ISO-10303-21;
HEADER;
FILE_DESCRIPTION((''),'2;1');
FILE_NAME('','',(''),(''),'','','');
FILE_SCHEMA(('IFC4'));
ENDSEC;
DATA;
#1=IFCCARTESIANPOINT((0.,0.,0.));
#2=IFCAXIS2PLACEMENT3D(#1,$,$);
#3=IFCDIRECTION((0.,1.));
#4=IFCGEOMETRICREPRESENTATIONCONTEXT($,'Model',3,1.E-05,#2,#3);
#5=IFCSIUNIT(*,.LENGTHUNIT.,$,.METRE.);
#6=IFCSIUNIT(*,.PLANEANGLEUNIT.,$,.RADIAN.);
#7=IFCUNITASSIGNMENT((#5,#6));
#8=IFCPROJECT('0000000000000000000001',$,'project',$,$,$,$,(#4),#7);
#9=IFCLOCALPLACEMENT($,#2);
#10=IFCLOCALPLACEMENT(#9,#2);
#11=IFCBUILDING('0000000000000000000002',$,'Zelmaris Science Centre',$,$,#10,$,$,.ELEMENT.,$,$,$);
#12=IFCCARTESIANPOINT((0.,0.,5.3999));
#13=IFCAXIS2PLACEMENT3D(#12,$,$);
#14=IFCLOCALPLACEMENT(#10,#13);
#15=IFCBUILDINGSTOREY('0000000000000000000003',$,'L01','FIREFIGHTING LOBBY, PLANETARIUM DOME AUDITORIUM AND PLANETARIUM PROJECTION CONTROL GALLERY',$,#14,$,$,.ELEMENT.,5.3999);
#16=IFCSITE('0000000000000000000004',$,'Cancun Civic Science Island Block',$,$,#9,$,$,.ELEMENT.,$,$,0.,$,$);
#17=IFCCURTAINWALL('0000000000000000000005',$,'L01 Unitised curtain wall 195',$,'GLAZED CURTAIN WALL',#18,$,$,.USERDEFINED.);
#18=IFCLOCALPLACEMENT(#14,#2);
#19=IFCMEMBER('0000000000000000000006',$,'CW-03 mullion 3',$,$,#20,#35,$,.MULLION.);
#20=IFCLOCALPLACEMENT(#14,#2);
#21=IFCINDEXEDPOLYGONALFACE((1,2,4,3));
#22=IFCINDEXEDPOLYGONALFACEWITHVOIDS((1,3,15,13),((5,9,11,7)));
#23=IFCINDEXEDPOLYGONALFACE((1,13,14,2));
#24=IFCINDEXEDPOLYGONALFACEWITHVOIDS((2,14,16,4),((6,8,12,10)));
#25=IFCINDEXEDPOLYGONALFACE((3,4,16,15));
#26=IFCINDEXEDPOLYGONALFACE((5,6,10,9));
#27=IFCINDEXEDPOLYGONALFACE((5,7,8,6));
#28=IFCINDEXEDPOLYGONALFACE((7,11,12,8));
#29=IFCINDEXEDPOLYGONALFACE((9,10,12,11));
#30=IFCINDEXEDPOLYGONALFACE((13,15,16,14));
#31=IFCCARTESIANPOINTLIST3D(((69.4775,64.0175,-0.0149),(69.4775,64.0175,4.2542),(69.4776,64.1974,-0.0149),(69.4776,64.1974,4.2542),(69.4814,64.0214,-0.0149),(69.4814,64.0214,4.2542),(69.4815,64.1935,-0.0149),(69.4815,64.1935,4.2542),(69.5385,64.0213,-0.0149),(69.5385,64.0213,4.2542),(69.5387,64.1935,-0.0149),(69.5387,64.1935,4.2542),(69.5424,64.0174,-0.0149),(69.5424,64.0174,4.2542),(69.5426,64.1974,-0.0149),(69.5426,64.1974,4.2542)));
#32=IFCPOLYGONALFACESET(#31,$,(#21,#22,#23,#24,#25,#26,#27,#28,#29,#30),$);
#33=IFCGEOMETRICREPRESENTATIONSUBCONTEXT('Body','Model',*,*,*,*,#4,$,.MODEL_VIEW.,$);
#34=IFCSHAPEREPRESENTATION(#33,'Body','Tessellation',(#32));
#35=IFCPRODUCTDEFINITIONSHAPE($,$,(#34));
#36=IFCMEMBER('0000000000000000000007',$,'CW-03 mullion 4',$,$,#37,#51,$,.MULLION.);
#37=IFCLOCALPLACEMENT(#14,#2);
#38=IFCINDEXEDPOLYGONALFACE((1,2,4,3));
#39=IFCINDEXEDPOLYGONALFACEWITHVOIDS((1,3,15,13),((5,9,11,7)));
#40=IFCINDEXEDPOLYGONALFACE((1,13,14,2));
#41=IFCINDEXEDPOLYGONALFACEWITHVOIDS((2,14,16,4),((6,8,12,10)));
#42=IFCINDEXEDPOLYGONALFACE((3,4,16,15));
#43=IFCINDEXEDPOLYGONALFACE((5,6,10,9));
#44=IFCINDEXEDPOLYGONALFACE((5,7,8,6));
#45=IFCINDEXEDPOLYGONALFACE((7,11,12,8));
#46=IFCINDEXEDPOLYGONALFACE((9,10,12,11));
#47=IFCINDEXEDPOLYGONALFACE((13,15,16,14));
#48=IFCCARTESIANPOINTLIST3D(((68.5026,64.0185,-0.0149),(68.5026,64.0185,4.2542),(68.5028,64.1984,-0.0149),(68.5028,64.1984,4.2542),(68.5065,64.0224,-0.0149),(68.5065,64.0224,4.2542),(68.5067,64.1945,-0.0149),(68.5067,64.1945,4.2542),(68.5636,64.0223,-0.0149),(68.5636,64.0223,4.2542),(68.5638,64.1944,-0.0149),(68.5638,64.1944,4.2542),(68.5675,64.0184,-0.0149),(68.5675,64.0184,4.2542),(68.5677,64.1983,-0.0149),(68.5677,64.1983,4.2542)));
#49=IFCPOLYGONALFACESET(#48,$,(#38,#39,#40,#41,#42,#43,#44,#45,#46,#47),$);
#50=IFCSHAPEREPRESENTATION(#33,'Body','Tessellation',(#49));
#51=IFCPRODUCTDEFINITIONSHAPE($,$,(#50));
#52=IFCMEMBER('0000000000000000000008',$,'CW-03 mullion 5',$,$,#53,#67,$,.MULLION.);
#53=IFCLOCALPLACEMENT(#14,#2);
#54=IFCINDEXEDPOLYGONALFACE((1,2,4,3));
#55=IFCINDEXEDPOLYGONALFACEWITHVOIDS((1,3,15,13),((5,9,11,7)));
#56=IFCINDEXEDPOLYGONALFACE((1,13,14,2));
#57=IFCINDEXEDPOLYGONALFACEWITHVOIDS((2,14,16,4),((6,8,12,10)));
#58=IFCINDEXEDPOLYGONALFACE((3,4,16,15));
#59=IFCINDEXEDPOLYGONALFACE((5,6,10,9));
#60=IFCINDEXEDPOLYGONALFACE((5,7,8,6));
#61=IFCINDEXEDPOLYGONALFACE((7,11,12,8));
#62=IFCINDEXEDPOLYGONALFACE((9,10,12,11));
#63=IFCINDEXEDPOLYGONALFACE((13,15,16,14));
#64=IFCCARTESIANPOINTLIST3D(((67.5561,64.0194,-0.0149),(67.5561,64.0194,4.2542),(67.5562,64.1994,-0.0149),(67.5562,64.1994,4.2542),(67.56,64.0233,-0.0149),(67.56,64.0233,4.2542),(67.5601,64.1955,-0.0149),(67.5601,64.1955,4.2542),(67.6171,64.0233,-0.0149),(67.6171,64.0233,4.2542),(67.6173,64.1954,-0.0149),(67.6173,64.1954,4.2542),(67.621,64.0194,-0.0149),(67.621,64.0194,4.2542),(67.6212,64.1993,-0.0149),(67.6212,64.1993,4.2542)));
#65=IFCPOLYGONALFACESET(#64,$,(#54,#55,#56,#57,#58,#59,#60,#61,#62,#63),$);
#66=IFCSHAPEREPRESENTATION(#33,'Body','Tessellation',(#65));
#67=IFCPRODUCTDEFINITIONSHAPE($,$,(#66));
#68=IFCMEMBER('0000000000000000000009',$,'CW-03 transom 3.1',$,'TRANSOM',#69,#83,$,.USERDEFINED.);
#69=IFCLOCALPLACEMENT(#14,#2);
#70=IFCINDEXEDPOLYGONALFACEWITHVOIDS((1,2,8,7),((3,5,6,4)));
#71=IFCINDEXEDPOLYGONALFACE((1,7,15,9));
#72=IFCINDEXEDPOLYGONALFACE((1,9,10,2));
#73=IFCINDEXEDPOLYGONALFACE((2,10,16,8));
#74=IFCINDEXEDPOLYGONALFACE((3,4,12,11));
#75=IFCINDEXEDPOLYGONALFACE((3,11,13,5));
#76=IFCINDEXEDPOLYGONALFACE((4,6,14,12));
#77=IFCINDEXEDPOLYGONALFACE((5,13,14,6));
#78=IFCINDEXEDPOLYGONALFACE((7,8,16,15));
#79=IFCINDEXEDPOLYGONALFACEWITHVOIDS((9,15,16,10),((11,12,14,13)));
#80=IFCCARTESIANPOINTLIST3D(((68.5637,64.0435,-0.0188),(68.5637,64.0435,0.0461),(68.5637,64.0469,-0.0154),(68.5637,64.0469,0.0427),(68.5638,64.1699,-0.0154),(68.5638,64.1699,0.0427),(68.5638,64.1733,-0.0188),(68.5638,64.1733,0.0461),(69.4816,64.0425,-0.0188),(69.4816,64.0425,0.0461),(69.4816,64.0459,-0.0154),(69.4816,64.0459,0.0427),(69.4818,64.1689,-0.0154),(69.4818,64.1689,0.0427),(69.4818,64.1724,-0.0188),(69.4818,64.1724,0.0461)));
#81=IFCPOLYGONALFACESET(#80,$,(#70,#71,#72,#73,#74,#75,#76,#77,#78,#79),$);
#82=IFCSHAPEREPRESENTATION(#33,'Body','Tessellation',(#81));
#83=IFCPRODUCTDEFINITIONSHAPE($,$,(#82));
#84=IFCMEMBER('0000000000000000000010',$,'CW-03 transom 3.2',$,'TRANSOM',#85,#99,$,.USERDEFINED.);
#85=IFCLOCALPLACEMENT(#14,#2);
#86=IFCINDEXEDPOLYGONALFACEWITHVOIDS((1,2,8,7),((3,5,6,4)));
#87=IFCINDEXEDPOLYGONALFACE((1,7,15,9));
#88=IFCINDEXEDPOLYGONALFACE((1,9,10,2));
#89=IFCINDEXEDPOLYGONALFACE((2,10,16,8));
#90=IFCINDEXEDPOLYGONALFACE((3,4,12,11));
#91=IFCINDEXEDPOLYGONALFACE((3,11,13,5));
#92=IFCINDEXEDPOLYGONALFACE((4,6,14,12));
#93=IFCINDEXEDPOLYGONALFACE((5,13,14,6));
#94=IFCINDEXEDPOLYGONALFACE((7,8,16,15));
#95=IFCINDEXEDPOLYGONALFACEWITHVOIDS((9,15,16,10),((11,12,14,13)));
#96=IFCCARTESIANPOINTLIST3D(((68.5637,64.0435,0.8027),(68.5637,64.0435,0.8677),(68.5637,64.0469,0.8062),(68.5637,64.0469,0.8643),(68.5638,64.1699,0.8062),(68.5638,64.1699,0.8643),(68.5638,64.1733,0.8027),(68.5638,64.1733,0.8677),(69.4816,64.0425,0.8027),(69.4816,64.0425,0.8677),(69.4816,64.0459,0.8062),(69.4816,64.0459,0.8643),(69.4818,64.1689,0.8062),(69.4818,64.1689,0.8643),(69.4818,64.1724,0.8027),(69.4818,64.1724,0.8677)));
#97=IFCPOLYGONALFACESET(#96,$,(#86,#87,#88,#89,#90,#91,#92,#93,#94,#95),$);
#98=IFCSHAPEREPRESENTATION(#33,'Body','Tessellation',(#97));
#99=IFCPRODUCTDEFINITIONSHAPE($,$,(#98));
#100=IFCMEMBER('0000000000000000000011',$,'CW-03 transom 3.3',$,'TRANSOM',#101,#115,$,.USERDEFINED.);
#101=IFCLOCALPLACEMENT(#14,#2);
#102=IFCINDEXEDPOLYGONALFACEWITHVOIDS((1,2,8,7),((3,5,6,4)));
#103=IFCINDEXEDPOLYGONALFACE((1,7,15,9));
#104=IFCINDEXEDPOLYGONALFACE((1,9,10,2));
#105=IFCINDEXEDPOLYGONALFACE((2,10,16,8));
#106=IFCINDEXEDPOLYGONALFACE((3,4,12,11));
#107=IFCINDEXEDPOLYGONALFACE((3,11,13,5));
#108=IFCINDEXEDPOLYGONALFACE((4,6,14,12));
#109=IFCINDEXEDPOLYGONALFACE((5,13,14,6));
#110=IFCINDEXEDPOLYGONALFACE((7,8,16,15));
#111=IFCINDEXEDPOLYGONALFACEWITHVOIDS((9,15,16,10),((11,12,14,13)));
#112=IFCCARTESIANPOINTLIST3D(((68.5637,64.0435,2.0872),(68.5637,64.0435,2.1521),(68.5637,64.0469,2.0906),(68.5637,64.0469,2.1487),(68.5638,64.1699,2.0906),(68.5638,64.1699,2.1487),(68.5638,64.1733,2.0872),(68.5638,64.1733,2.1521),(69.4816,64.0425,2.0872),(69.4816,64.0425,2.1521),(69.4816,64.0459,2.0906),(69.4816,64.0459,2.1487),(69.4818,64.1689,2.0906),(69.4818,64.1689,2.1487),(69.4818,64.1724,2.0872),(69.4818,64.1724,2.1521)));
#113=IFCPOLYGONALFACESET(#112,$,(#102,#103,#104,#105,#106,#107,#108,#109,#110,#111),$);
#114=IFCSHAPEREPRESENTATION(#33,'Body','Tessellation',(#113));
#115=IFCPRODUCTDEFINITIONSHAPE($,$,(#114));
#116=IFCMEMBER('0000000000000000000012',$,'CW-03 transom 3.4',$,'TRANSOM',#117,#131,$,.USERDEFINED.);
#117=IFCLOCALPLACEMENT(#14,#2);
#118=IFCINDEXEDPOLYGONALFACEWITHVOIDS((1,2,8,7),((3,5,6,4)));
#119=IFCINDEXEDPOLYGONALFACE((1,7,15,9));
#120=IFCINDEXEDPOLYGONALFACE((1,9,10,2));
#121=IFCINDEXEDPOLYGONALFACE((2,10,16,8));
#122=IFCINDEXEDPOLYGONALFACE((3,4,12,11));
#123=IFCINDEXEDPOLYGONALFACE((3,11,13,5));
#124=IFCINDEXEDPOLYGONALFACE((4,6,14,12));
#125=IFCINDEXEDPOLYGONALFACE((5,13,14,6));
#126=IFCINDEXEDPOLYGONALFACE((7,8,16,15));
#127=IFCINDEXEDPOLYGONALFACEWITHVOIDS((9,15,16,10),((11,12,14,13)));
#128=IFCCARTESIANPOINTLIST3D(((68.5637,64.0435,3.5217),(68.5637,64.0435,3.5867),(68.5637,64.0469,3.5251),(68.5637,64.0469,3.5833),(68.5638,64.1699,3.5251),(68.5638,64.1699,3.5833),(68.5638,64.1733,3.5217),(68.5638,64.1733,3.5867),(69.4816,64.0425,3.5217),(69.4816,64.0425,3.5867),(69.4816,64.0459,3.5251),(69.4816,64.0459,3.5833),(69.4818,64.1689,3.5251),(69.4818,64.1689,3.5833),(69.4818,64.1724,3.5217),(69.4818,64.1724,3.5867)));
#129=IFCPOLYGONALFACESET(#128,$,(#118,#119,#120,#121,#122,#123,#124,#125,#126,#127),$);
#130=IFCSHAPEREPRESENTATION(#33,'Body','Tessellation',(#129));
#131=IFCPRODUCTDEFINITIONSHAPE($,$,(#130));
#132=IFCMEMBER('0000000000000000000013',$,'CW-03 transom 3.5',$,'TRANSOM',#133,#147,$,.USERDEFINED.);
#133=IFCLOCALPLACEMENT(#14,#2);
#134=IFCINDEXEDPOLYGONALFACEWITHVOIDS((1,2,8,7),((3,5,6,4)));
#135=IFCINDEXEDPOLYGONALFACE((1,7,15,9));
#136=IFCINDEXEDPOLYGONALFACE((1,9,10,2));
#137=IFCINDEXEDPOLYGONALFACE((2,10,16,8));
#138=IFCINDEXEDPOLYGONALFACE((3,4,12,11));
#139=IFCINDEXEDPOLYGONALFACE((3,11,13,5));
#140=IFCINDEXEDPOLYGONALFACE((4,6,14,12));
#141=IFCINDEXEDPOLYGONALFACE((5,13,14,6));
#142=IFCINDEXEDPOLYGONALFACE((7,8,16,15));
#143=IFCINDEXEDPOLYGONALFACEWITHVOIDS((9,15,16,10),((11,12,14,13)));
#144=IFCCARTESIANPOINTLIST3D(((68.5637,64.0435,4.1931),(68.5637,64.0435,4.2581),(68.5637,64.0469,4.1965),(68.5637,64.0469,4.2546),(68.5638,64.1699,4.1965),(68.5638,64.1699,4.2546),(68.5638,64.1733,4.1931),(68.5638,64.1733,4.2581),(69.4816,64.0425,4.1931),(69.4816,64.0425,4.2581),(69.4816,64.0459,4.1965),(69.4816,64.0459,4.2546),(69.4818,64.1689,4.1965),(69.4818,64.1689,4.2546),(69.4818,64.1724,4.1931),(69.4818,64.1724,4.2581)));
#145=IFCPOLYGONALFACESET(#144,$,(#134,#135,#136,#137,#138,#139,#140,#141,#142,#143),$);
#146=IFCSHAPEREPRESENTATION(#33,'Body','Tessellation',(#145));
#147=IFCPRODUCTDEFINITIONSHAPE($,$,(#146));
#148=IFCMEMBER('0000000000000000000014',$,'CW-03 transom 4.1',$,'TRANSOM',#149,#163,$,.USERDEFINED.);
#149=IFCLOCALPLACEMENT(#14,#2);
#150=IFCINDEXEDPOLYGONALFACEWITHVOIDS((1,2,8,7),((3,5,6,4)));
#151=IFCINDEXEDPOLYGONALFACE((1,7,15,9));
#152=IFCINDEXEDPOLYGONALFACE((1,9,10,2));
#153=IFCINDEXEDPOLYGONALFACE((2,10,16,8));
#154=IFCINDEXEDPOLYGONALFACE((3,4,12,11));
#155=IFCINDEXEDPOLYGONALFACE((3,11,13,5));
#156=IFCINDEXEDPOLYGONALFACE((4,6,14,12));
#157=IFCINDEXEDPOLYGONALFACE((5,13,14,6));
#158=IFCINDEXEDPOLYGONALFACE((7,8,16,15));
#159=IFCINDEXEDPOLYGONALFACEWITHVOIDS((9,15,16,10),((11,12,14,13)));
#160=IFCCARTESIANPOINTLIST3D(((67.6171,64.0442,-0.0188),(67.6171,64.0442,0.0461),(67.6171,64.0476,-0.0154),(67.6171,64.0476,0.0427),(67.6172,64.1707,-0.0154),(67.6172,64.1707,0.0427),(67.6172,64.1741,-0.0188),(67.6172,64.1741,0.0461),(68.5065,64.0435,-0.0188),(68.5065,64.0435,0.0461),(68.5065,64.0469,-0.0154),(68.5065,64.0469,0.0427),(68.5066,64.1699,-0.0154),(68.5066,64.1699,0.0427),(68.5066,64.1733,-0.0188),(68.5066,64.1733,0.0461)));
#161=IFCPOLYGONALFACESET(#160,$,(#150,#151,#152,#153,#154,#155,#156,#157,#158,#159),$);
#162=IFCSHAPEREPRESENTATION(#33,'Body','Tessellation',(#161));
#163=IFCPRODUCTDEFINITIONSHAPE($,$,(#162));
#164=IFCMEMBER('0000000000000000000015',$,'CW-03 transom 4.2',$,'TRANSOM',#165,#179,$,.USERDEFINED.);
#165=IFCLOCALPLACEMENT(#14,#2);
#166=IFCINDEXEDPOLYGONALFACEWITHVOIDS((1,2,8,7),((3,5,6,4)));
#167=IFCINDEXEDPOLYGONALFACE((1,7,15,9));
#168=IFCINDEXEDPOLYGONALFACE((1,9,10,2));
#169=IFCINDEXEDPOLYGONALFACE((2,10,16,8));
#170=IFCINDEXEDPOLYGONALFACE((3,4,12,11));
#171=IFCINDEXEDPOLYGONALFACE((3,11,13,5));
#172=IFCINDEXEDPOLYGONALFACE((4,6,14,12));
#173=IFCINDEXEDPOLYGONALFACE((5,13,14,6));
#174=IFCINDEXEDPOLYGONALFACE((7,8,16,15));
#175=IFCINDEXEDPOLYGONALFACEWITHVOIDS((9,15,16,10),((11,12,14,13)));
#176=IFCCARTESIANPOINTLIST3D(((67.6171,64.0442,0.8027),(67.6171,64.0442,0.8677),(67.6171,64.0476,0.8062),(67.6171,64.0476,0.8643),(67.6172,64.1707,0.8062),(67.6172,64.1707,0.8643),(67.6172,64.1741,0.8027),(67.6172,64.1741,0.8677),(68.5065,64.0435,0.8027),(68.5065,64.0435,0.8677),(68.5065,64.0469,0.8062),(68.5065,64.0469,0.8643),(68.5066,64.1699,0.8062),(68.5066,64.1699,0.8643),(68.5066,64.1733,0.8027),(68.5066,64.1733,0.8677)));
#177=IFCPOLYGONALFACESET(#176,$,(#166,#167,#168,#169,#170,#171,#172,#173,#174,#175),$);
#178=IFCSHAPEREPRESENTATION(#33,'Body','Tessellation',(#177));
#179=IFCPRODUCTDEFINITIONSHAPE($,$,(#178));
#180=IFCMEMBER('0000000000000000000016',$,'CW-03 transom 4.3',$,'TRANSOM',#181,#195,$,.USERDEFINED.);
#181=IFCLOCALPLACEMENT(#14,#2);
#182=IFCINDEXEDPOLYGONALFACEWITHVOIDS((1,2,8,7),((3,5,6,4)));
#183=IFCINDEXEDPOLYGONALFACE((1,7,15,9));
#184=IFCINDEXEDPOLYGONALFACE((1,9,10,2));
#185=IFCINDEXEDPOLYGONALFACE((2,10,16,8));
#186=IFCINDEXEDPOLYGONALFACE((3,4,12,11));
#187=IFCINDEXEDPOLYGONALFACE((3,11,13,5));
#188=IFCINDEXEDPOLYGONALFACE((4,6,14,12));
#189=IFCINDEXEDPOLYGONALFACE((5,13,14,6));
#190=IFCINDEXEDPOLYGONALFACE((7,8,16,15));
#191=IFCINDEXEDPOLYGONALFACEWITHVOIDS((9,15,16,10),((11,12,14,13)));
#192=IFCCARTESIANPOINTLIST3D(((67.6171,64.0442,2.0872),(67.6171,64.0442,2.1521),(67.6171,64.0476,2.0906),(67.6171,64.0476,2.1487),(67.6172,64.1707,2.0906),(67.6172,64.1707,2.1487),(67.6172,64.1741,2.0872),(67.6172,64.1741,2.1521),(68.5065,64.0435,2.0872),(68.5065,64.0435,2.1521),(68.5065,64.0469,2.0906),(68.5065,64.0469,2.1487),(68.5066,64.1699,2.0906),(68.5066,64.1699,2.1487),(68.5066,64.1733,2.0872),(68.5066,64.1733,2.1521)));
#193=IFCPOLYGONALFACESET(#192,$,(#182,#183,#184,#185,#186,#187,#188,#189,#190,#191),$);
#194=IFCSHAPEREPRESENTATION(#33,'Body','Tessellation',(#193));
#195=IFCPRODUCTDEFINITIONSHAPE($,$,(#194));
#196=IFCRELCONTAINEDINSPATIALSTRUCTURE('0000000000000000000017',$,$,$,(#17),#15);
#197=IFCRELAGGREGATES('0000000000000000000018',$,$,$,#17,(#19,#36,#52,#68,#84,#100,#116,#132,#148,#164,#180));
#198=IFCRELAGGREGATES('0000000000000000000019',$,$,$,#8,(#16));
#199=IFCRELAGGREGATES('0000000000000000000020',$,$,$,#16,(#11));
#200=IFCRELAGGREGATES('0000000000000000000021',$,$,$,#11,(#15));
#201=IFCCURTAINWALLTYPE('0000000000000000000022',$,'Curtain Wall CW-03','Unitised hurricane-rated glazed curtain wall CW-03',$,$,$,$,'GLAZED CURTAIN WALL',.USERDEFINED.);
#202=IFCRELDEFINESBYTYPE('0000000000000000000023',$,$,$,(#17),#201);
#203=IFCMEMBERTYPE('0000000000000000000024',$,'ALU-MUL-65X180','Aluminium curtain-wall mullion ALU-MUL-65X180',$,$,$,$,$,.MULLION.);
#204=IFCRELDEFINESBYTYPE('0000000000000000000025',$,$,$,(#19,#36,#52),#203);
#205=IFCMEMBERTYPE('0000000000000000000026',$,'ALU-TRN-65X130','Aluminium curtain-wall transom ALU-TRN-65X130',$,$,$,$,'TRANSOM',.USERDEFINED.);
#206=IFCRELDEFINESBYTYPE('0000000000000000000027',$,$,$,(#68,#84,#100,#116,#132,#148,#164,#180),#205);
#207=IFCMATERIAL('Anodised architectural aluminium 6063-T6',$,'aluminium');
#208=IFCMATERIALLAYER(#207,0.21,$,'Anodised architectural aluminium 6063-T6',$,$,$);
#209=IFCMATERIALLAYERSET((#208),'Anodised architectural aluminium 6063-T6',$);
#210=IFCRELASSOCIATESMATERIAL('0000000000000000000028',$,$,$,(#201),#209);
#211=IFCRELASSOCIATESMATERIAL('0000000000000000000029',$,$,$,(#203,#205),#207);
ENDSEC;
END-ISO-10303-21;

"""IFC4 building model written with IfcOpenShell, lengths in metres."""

from ifc_helpers import new_model, si_unit, direction, frame, origin, origin_2d, place, context, subcontext, project, spatial, hollow_rectangle, extrude, material, layer, layer_set, material_profile, profile_set, type_object, element, aggregate, save


model = new_model("IFC4")

# Units and contexts
model_context = context("Model", 3, precision=1e-05, world=origin(), true_north=direction((0.0, 1.0)))
body_context = subcontext(model_context, "Body", "Model", "MODEL_VIEW")
ifc_project = project(units=[si_unit("LENGTHUNIT", "METRE"), si_unit("PLANEANGLEUNIT", "RADIAN")], contexts=[model_context])

# Site, building, storey
site_placement = place(None, origin())
site = spatial("IfcSite", under=ifc_project, at=site_placement, Name="Cancun Civic Science Island Block", CompositionType="ELEMENT", RefElevation=0.0)
building_placement = place(site_placement, origin())
building = spatial("IfcBuilding", under=site, at=building_placement, Name="Zelmaris Science Centre", CompositionType="ELEMENT")
storey_placement = place(building_placement, frame((0.0, 0.0, 5.3999)))
storey = spatial("IfcBuildingStorey", under=building, at=storey_placement, Name="L01", Description="FIREFIGHTING LOBBY, PLANETARIUM DOME AUDITORIUM AND PLANETARIUM PROJECTION CONTROL GALLERY", CompositionType="ELEMENT", Elevation=5.3999)

# Curtain wall, members
ifc_material_1 = material(Name="Anodised architectural aluminium 6063-T6", Category="aluminium")
ifc_layer_1 = layer(ifc_material_1, 0.21, Name="Anodised architectural aluminium 6063-T6")
ifc_layer_set_1 = layer_set([ifc_layer_1], Name="Anodised architectural aluminium 6063-T6")
curtain_wall_type = type_object("IfcCurtainWallType", Name="Curtain Wall CW-03", Description="Unitised hurricane-rated glazed curtain wall CW-03", ElementType="GLAZED CURTAIN WALL", PredefinedType="USERDEFINED", material=ifc_layer_set_1)
curtain_wall_placement = place(storey_placement, origin())
curtain_wall = element("IfcCurtainWall", 1, at=curtain_wall_placement, inside=storey, type_object=curtain_wall_type, Name="L01 Unitised curtain wall 195", ObjectType="GLAZED CURTAIN WALL", PredefinedType="USERDEFINED")
ifc_material_profile_1 = material_profile(ifc_material_1, hollow_rectangle(XDim=0.0649, YDim=0.1799, WallThickness=0.0039, at=origin_2d()), Name="ALU-MUL-65X180")
ifc_profile_set_1 = profile_set([ifc_material_profile_1], Name="Anodised architectural aluminium 6063-T6")
member_type_1 = type_object("IfcMemberType", Name="ALU-MUL-65X180", Description="Aluminium curtain-wall mullion ALU-MUL-65X180", PredefinedType="MULLION", material=ifc_profile_set_1)
member_1_placement = place(storey_placement, frame((69.51, 64.1074, -0.0149), z_axis=(0.0, 0.0, 1.0), x_axis=(-1.0, 0.00092, 0.0)))
member_1 = element("IfcMember", 2, at=member_1_placement, type_object=member_type_1, Name="CW-03 mullion 3", PredefinedType="MULLION", context=body_context, shape_type="SweptSolid", body=[
    extrude(hollow_rectangle(XDim=0.0649, YDim=0.1799, WallThickness=0.0039, at=origin_2d()), origin(), (0.0, 0.0, 1.0), 4.269),
])
member_2_placement = place(storey_placement, frame((68.5352, 64.1084, -0.0149), z_axis=(0.0, 0.0, 1.0), x_axis=(-1.0, 0.00092, 0.0)))
member_2 = element("IfcMember", 3, at=member_2_placement, type_object=member_type_1, Name="CW-03 mullion 4", PredefinedType="MULLION", context=body_context, shape_type="SweptSolid", body=[
    extrude(hollow_rectangle(XDim=0.0649, YDim=0.1799, WallThickness=0.0039, at=origin_2d()), origin(), (0.0, 0.0, 1.0), 4.269),
])
member_3_placement = place(storey_placement, frame((67.5886, 64.1094, -0.0149), z_axis=(0.0, 0.0, 1.0), x_axis=(-1.0, 0.00092, 0.0)))
member_3 = element("IfcMember", 4, at=member_3_placement, type_object=member_type_1, Name="CW-03 mullion 5", PredefinedType="MULLION", context=body_context, shape_type="SweptSolid", body=[
    extrude(hollow_rectangle(XDim=0.0649, YDim=0.1799, WallThickness=0.0039, at=origin_2d()), origin(), (0.0, 0.0, 1.0), 4.269),
])
ifc_material_profile_2 = material_profile(ifc_material_1, hollow_rectangle(XDim=0.0649, YDim=0.1299, WallThickness=0.0034, at=origin_2d()), Name="ALU-TRN-65X130")
ifc_profile_set_2 = profile_set([ifc_material_profile_2], Name="Anodised architectural aluminium 6063-T6")
member_type_2 = type_object("IfcMemberType", Name="ALU-TRN-65X130", Description="Aluminium curtain-wall transom ALU-TRN-65X130", ElementType="TRANSOM", PredefinedType="USERDEFINED", material=ifc_profile_set_2)
member_4_placement = place(storey_placement, frame((69.4817, 64.1074, 0.0137), z_axis=(-0.999999, 0.001064, 0.0), x_axis=(0.0, 0.0, 1.0)))
member_4 = element("IfcMember", 5, at=member_4_placement, type_object=member_type_2, Name="CW-03 transom 3.1", ObjectType="TRANSOM", PredefinedType="USERDEFINED", context=body_context, shape_type="SweptSolid", body=[
    extrude(hollow_rectangle(XDim=0.0649, YDim=0.1299, WallThickness=0.0034, at=origin_2d()), origin(), (0.0, 0.0, 1.0), 0.918),
])
member_5_placement = place(storey_placement, frame((69.4817, 64.1074, 0.8352), z_axis=(-0.999999, 0.001064, 0.0), x_axis=(0.0, 0.0, 1.0)))
member_5 = element("IfcMember", 6, at=member_5_placement, type_object=member_type_2, Name="CW-03 transom 3.2", ObjectType="TRANSOM", PredefinedType="USERDEFINED", context=body_context, shape_type="SweptSolid", body=[
    extrude(hollow_rectangle(XDim=0.0649, YDim=0.1299, WallThickness=0.0034, at=origin_2d()), origin(), (0.0, 0.0, 1.0), 0.918),
])
member_6_placement = place(storey_placement, frame((69.4817, 64.1074, 2.1196), z_axis=(-0.999999, 0.001064, 0.0), x_axis=(0.0, 0.0, 1.0)))
member_6 = element("IfcMember", 7, at=member_6_placement, type_object=member_type_2, Name="CW-03 transom 3.3", ObjectType="TRANSOM", PredefinedType="USERDEFINED", context=body_context, shape_type="SweptSolid", body=[
    extrude(hollow_rectangle(XDim=0.0649, YDim=0.1299, WallThickness=0.0034, at=origin_2d()), origin(), (0.0, 0.0, 1.0), 0.918),
])
member_7_placement = place(storey_placement, frame((69.4817, 64.1074, 3.5542), z_axis=(-0.999999, 0.001064, 0.0), x_axis=(0.0, 0.0, 1.0)))
member_7 = element("IfcMember", 8, at=member_7_placement, type_object=member_type_2, Name="CW-03 transom 3.4", ObjectType="TRANSOM", PredefinedType="USERDEFINED", context=body_context, shape_type="SweptSolid", body=[
    extrude(hollow_rectangle(XDim=0.0649, YDim=0.1299, WallThickness=0.0034, at=origin_2d()), origin(), (0.0, 0.0, 1.0), 0.918),
])
member_8_placement = place(storey_placement, frame((69.4817, 64.1074, 4.2256), z_axis=(-0.999999, 0.001064, 0.0), x_axis=(0.0, 0.0, 1.0)))
member_8 = element("IfcMember", 9, at=member_8_placement, type_object=member_type_2, Name="CW-03 transom 3.5", ObjectType="TRANSOM", PredefinedType="USERDEFINED", context=body_context, shape_type="SweptSolid", body=[
    extrude(hollow_rectangle(XDim=0.0649, YDim=0.1299, WallThickness=0.0034, at=origin_2d()), origin(), (0.0, 0.0, 1.0), 0.918),
])
member_9_placement = place(storey_placement, frame((68.5066, 64.1084, 0.0137), z_axis=(-1.0, 0.000823, 0.0), x_axis=(0.0, 0.0, 1.0)))
member_9 = element("IfcMember", 10, at=member_9_placement, type_object=member_type_2, Name="CW-03 transom 4.1", ObjectType="TRANSOM", PredefinedType="USERDEFINED", context=body_context, shape_type="SweptSolid", body=[
    extrude(hollow_rectangle(XDim=0.0649, YDim=0.1299, WallThickness=0.0034, at=origin_2d()), origin(), (0.0, 0.0, 1.0), 0.8894),
])
member_10_placement = place(storey_placement, frame((68.5066, 64.1084, 0.8352), z_axis=(-1.0, 0.000823, 0.0), x_axis=(0.0, 0.0, 1.0)))
member_10 = element("IfcMember", 11, at=member_10_placement, type_object=member_type_2, Name="CW-03 transom 4.2", ObjectType="TRANSOM", PredefinedType="USERDEFINED", context=body_context, shape_type="SweptSolid", body=[
    extrude(hollow_rectangle(XDim=0.0649, YDim=0.1299, WallThickness=0.0034, at=origin_2d()), origin(), (0.0, 0.0, 1.0), 0.8894),
])
member_11_placement = place(storey_placement, frame((68.5066, 64.1084, 2.1196), z_axis=(-1.0, 0.000823, 0.0), x_axis=(0.0, 0.0, 1.0)))
member_11 = element("IfcMember", 12, at=member_11_placement, type_object=member_type_2, Name="CW-03 transom 4.3", ObjectType="TRANSOM", PredefinedType="USERDEFINED", context=body_context, shape_type="SweptSolid", body=[
    extrude(hollow_rectangle(XDim=0.0649, YDim=0.1299, WallThickness=0.0034, at=origin_2d()), origin(), (0.0, 0.0, 1.0), 0.8894),
])
aggregate(curtain_wall, [member_1, member_2, member_3, member_4, member_5, member_6, member_7, member_8, member_9, member_10, member_11])

save(model, "model.ifc")
